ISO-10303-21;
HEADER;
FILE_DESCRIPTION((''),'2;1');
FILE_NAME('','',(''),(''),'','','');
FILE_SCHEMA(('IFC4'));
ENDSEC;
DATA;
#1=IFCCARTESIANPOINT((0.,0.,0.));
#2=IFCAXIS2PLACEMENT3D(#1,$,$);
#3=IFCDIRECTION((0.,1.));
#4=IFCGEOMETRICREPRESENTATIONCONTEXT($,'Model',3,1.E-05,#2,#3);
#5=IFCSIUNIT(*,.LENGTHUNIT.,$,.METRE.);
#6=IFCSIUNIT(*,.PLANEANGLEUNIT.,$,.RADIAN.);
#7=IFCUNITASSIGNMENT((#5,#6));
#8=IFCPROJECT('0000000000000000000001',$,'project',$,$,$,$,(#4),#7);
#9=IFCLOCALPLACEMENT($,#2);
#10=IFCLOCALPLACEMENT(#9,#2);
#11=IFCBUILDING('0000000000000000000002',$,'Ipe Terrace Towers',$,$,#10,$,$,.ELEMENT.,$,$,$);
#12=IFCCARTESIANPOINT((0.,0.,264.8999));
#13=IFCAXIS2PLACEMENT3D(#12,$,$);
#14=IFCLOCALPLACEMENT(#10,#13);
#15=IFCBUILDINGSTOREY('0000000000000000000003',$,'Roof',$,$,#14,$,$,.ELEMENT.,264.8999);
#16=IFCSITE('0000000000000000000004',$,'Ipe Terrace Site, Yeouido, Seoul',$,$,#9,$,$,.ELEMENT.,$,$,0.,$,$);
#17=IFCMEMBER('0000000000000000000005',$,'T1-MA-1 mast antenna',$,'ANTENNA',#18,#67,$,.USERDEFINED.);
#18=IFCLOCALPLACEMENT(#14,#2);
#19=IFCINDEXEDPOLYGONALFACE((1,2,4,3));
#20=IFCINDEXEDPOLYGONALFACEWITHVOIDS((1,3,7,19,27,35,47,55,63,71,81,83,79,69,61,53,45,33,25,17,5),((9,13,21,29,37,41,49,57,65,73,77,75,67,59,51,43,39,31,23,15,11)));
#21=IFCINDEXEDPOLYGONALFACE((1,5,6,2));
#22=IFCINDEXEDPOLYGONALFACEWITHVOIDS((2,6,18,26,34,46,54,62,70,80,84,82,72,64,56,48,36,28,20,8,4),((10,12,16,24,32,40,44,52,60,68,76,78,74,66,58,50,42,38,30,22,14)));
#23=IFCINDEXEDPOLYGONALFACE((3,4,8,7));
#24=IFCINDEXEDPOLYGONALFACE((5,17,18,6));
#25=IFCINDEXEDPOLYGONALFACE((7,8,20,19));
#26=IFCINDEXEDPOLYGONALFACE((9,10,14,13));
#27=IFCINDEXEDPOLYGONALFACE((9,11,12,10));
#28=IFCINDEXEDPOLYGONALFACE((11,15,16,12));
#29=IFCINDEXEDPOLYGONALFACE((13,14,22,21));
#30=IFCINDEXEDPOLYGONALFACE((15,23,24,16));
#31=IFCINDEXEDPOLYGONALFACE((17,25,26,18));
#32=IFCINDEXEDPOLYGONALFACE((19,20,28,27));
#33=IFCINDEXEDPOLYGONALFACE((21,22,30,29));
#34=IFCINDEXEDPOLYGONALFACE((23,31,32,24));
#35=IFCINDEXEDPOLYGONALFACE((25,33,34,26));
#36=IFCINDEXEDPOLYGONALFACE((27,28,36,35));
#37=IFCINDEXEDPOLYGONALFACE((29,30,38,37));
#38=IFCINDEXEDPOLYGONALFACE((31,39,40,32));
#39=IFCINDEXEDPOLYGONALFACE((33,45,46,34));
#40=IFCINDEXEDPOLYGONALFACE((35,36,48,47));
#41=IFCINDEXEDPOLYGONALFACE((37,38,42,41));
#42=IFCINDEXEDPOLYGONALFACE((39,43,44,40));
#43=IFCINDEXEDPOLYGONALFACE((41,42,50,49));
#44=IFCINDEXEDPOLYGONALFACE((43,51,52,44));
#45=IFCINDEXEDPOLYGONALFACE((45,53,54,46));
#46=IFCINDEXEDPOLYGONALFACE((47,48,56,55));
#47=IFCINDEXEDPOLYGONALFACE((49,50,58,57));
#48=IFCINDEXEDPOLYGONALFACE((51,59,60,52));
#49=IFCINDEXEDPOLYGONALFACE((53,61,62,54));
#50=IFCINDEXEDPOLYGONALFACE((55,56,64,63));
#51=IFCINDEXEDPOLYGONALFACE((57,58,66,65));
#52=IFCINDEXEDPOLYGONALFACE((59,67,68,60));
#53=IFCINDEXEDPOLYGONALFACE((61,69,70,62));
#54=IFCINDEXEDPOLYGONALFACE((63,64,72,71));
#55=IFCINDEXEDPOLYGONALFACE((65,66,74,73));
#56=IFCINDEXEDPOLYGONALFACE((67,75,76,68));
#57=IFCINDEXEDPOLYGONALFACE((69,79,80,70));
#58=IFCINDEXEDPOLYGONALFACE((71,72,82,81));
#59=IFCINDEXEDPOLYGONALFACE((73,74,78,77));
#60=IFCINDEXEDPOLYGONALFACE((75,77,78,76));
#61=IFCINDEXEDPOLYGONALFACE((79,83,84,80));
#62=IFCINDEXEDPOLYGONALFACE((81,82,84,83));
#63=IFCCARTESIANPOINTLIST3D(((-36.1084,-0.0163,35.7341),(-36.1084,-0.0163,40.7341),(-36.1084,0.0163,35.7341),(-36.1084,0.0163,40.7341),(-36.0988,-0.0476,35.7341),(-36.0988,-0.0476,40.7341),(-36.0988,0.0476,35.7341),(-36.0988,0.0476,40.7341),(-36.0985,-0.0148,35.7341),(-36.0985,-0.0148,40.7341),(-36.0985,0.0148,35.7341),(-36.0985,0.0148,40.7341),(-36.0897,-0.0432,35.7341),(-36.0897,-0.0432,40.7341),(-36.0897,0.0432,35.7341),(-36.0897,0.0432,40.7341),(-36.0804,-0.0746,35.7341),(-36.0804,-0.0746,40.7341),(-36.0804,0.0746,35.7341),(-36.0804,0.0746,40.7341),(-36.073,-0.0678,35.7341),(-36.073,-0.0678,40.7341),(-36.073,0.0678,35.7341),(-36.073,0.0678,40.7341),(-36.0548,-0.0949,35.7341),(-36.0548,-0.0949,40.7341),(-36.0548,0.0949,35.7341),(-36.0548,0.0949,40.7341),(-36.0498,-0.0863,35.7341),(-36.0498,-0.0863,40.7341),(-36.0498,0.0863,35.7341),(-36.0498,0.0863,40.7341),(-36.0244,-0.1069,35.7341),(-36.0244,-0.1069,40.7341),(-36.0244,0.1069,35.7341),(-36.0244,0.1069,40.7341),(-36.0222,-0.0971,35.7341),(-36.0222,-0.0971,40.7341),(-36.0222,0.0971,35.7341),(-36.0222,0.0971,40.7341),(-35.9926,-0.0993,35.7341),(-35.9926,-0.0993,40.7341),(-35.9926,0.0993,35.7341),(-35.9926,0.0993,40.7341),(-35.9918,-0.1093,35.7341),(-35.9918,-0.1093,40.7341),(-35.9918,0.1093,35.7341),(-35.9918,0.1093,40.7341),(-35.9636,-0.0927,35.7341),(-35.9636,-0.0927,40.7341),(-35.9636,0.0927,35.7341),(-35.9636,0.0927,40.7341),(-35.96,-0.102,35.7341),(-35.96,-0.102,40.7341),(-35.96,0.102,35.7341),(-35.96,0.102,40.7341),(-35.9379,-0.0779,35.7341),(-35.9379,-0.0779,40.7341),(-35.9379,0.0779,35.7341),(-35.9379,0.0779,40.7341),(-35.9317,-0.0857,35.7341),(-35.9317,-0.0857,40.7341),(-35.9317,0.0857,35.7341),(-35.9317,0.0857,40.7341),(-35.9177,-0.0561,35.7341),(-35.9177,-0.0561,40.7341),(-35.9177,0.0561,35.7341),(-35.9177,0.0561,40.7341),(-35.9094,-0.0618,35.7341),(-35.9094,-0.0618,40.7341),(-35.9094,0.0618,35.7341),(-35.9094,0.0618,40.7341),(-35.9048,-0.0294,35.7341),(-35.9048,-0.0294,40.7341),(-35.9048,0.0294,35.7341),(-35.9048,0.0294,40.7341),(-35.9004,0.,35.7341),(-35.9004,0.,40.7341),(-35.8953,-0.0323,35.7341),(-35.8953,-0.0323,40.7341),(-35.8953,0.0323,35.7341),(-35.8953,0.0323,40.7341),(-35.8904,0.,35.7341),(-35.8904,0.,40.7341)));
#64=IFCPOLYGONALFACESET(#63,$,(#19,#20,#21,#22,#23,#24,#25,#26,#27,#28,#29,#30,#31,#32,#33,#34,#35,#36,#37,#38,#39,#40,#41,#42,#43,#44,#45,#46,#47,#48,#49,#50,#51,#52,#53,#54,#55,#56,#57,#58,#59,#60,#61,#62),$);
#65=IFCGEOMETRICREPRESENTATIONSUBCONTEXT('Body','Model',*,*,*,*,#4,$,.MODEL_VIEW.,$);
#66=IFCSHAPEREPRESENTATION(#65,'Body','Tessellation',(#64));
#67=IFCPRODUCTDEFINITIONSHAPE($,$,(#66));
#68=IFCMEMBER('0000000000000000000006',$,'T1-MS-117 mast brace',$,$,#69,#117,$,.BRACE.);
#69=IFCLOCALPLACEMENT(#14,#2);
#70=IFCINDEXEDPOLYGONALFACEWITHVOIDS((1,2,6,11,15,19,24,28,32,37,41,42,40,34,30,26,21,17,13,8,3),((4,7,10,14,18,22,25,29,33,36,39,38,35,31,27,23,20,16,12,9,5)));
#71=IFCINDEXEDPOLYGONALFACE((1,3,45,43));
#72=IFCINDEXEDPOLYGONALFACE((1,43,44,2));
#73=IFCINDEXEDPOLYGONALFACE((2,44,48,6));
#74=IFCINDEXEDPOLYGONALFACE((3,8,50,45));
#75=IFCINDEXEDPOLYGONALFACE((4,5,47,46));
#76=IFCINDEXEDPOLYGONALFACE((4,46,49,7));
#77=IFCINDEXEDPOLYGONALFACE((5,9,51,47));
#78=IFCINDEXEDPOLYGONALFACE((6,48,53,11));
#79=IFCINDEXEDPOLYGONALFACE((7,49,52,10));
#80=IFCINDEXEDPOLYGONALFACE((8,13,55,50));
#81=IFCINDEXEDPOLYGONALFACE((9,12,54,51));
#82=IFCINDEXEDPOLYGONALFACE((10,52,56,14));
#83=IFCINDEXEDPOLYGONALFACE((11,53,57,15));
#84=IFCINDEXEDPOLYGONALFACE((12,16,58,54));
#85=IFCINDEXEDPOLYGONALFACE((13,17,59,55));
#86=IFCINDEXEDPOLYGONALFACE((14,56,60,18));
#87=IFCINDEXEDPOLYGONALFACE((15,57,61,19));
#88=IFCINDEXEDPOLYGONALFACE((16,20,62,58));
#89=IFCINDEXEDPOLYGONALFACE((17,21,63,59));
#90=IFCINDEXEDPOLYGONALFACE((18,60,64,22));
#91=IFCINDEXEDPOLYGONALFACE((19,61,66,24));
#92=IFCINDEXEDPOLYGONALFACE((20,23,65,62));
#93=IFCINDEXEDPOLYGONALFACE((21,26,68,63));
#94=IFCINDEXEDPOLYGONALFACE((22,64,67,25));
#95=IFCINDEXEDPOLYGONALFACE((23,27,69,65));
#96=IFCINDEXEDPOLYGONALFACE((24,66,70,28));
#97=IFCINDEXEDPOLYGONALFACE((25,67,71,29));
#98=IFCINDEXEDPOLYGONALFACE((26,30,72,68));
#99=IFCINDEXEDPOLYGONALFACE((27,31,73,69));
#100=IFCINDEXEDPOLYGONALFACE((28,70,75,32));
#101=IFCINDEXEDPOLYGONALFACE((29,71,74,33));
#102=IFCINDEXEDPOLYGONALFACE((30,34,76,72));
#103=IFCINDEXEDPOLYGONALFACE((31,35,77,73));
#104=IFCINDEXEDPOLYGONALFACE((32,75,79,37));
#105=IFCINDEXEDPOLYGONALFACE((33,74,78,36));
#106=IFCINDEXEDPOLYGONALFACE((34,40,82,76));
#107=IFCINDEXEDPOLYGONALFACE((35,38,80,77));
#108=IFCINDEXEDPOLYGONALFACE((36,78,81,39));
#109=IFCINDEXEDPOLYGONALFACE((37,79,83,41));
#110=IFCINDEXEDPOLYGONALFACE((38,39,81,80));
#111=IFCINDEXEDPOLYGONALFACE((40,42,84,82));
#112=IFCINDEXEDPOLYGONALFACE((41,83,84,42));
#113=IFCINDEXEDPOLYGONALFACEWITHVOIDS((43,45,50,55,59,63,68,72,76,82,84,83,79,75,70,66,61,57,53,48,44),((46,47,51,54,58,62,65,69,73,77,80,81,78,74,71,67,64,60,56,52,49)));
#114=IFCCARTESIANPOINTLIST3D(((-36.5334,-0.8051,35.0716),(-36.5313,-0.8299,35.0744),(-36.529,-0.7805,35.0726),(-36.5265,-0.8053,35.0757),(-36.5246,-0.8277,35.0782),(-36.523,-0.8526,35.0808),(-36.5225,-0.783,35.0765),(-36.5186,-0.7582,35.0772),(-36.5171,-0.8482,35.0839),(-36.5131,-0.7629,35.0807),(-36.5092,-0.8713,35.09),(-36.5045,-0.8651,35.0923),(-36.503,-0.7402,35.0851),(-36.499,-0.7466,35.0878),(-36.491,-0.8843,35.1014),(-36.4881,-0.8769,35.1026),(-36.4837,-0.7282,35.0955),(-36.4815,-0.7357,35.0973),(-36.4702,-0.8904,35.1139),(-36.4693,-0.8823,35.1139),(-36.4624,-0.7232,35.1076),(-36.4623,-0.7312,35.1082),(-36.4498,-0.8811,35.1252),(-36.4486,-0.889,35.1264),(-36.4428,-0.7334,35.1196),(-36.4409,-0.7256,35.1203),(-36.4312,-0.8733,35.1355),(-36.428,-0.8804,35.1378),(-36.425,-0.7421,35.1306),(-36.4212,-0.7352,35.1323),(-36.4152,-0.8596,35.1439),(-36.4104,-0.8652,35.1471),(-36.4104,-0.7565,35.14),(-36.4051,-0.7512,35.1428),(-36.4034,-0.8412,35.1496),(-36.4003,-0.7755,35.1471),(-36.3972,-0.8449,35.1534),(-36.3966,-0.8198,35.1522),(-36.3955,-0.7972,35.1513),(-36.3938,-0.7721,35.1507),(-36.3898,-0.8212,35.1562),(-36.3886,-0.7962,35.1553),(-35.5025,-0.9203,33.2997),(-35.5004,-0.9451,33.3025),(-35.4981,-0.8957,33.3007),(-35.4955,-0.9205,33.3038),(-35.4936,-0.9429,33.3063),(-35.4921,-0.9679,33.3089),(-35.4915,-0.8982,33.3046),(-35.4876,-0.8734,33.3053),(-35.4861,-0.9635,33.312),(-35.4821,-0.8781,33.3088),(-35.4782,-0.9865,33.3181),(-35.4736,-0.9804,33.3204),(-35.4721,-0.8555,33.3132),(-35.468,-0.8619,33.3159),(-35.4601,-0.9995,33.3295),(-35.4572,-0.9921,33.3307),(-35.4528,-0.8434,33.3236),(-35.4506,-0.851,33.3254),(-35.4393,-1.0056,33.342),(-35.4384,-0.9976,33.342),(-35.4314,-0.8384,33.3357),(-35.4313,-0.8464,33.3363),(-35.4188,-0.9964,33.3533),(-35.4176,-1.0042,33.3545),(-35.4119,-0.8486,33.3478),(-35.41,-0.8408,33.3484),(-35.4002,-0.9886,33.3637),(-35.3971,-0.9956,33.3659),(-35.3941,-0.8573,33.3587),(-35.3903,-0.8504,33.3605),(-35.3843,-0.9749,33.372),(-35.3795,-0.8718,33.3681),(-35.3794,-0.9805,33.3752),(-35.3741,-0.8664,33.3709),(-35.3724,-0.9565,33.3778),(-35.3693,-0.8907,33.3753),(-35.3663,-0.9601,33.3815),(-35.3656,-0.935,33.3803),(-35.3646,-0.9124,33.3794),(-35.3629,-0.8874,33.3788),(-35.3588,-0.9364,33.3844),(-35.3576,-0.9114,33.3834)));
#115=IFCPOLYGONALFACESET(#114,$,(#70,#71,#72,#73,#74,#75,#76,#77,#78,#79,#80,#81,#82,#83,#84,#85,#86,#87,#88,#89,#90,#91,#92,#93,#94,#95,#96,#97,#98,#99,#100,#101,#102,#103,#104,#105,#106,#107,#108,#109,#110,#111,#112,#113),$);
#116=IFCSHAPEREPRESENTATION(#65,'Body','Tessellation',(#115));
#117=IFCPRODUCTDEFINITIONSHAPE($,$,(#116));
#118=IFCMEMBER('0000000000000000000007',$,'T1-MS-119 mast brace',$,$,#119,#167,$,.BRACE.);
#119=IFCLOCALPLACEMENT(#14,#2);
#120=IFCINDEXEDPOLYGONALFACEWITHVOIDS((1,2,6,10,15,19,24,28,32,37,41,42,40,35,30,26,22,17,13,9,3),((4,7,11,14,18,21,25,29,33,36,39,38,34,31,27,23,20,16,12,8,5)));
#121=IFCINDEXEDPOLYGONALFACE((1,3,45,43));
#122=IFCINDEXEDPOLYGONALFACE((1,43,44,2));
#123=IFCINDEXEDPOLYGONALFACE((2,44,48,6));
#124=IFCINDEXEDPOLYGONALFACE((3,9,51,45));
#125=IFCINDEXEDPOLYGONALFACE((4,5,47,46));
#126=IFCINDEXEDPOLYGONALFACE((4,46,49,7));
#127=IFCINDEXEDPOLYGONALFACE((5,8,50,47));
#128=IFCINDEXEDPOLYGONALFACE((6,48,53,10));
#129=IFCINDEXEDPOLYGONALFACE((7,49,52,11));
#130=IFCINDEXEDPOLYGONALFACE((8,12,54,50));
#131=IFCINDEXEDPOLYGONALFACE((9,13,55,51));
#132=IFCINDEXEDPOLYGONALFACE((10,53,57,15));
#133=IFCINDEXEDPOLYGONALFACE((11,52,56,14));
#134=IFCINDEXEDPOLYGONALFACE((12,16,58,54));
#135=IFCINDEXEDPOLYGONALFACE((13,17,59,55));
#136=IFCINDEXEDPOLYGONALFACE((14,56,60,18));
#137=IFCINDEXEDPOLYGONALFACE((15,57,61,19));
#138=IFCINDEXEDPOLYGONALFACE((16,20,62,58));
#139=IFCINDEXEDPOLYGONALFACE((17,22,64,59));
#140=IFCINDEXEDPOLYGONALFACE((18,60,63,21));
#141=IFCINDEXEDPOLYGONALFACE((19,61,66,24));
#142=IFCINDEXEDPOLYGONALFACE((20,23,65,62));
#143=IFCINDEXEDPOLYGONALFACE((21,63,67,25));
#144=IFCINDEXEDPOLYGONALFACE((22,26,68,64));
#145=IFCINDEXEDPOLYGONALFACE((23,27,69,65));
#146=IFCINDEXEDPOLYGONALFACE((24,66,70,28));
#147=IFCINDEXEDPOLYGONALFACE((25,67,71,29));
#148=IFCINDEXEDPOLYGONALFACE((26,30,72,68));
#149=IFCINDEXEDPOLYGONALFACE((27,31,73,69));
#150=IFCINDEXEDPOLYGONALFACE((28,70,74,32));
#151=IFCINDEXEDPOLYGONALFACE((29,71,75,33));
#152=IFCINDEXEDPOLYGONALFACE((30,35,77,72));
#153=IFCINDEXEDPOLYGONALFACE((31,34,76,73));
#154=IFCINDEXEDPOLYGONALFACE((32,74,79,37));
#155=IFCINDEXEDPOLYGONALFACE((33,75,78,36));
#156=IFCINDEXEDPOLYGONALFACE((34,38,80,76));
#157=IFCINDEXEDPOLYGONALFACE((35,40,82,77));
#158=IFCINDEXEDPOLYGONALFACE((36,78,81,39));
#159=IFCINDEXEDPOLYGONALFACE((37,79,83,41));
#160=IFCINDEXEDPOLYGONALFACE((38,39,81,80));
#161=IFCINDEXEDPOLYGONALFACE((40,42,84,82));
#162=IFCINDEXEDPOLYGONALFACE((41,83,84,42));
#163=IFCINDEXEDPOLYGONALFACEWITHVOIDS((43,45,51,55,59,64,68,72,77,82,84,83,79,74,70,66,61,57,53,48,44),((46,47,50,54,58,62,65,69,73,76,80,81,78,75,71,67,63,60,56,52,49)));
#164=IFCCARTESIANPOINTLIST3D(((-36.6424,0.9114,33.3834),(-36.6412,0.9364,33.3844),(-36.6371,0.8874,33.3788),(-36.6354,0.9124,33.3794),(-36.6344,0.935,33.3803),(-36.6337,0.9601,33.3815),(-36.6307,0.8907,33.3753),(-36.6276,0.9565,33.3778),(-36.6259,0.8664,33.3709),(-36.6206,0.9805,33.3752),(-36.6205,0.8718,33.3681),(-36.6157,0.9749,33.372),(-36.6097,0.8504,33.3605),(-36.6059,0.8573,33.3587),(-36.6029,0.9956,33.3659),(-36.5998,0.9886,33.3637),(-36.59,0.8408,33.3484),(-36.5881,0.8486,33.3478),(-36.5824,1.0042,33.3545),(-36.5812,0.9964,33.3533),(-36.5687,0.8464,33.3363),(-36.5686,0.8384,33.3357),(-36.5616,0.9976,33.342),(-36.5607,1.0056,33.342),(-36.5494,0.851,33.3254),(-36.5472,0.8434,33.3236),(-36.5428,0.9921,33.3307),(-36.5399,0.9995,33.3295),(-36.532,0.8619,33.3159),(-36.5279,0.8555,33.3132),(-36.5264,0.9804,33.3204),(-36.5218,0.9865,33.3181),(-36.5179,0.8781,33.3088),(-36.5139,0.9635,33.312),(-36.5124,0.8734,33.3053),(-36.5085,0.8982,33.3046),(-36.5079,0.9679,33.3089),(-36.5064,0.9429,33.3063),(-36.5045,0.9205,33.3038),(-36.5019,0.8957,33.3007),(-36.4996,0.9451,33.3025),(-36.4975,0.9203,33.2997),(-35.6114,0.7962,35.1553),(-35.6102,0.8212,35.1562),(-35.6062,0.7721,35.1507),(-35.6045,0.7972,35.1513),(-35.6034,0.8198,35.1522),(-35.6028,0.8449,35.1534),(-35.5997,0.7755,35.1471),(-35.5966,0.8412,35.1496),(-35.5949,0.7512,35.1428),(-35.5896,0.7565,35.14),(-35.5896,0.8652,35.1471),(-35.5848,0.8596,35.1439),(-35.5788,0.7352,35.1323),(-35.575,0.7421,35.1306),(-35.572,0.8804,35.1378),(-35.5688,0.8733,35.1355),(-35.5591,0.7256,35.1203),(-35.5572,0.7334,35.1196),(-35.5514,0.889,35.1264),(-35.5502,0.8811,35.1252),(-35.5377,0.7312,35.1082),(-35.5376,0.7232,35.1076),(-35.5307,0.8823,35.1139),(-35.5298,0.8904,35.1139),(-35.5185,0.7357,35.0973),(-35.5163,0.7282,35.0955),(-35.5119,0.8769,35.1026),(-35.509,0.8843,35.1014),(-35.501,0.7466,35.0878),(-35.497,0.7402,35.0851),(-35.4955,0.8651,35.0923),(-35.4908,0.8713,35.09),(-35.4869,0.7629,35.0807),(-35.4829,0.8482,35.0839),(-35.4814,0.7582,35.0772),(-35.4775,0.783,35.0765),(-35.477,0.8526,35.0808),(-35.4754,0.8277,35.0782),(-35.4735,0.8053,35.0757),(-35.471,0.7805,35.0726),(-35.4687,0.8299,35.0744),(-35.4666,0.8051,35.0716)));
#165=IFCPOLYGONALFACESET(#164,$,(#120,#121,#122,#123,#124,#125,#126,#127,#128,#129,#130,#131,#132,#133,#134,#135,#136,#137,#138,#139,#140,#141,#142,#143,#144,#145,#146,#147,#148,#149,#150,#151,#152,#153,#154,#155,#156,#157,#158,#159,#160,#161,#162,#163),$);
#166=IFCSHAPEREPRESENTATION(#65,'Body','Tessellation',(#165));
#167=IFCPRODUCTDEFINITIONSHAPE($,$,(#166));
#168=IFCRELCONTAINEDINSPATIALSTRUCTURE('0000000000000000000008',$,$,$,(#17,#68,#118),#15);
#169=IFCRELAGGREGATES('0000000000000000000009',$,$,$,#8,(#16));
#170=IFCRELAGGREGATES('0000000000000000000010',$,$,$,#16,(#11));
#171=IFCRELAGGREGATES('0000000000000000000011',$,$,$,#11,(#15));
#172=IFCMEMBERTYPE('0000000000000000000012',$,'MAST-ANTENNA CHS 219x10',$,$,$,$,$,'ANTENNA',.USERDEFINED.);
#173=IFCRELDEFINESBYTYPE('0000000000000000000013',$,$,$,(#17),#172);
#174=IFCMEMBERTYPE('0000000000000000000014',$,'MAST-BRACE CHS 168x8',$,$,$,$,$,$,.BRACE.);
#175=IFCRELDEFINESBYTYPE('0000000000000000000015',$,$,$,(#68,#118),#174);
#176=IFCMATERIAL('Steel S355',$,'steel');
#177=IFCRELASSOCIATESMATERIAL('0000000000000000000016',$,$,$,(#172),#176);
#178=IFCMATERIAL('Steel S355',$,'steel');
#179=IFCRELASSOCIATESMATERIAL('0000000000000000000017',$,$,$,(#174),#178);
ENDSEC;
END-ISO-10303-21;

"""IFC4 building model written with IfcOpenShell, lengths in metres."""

from ifc_helpers import new_model, si_unit, direction, frame, origin, origin_2d, place, context, subcontext, project, spatial, hollow_circle, extrude, material, material_profile, profile_set, type_object, element, save


model = new_model("IFC4")

# Units and contexts
model_context = context("Model", 3, precision=1e-05, world=origin(), true_north=direction((0.0, 1.0)))
body_context = subcontext(model_context, "Body", "Model", "MODEL_VIEW")
ifc_project = project(units=[si_unit("LENGTHUNIT", "METRE"), si_unit("PLANEANGLEUNIT", "RADIAN")], contexts=[model_context])

# Site, building, storey
site_placement = place(None, origin())
site = spatial("IfcSite", under=ifc_project, at=site_placement, Name="Ipe Terrace Site, Yeouido, Seoul", CompositionType="ELEMENT", RefElevation=0.0)
building_placement = place(site_placement, origin())
building = spatial("IfcBuilding", under=site, at=building_placement, Name="Ipe Terrace Towers", CompositionType="ELEMENT")
storey_placement = place(building_placement, frame((0.0, 0.0, 264.8999)))
storey = spatial("IfcBuildingStorey", under=building, at=storey_placement, Name="Roof", CompositionType="ELEMENT", Elevation=264.8999)

# Members
ifc_material_1 = material(Name="Steel S355", Category="steel")
ifc_material_profile_1 = material_profile(ifc_material_1, hollow_circle(Radius=0.1096, WallThickness=0.01, at=origin_2d()), Name="MAST-ANTENNA CHS 219x10")
ifc_profile_set_1 = profile_set([ifc_material_profile_1], Name="Steel S355")
member_type_1 = type_object("IfcMemberType", Name="MAST-ANTENNA CHS 219x10", ElementType="ANTENNA", PredefinedType="USERDEFINED", material=ifc_profile_set_1)
member_1_placement = place(storey_placement, frame((-36.0, 0.0, 35.7341), z_axis=(0.0, 0.0, 1.0), x_axis=(1.0, 0.0, 0.0)))
element("IfcMember", 1, at=member_1_placement, inside=storey, type_object=member_type_1, Name="T1-MA-1 mast antenna", ObjectType="ANTENNA", PredefinedType="USERDEFINED", context=body_context, shape_type="SweptSolid", body=[
    extrude(hollow_circle(Radius=0.1096, WallThickness=0.01, at=origin_2d()), origin(), (0.0, 0.0, 1.0), 5.0),
])
ifc_material_2 = material(Name="Steel S355", Category="steel")
ifc_material_profile_2 = material_profile(ifc_material_2, hollow_circle(Radius=0.084, WallThickness=0.0081, at=origin_2d()), Name="MAST-BRACE CHS 168x8")
ifc_profile_set_2 = profile_set([ifc_material_profile_2], Name="Steel S355")
member_type_2 = type_object("IfcMemberType", Name="MAST-BRACE CHS 168x8", PredefinedType="BRACE", material=ifc_profile_set_2)
for number, where, z_axis, x_axis, name in (
    (2, (-35.4299, -0.9221, 33.342), (-0.502116, 0.056121, 0.862978), (-0.111077, -0.993812, 0.0), "T1-MS-117 mast brace"),
    (3, (-36.5701, 0.9221, 33.342), (0.502116, -0.056121, 0.862978), (0.111077, 0.993812, 0.0), "T1-MS-119 mast brace"),
):
    element("IfcMember", number, at=place(storey_placement, frame(where, z_axis=z_axis, x_axis=x_axis)), inside=storey, type_object=member_type_2, Name=name, PredefinedType="BRACE", context=body_context, shape_type="SweptSolid", body=[
        extrude(hollow_circle(Radius=0.084, WallThickness=0.0081, at=origin_2d()), origin(), (0.0, 0.0, 1.0), 2.0532),
    ])

save(model, "model.ifc")
